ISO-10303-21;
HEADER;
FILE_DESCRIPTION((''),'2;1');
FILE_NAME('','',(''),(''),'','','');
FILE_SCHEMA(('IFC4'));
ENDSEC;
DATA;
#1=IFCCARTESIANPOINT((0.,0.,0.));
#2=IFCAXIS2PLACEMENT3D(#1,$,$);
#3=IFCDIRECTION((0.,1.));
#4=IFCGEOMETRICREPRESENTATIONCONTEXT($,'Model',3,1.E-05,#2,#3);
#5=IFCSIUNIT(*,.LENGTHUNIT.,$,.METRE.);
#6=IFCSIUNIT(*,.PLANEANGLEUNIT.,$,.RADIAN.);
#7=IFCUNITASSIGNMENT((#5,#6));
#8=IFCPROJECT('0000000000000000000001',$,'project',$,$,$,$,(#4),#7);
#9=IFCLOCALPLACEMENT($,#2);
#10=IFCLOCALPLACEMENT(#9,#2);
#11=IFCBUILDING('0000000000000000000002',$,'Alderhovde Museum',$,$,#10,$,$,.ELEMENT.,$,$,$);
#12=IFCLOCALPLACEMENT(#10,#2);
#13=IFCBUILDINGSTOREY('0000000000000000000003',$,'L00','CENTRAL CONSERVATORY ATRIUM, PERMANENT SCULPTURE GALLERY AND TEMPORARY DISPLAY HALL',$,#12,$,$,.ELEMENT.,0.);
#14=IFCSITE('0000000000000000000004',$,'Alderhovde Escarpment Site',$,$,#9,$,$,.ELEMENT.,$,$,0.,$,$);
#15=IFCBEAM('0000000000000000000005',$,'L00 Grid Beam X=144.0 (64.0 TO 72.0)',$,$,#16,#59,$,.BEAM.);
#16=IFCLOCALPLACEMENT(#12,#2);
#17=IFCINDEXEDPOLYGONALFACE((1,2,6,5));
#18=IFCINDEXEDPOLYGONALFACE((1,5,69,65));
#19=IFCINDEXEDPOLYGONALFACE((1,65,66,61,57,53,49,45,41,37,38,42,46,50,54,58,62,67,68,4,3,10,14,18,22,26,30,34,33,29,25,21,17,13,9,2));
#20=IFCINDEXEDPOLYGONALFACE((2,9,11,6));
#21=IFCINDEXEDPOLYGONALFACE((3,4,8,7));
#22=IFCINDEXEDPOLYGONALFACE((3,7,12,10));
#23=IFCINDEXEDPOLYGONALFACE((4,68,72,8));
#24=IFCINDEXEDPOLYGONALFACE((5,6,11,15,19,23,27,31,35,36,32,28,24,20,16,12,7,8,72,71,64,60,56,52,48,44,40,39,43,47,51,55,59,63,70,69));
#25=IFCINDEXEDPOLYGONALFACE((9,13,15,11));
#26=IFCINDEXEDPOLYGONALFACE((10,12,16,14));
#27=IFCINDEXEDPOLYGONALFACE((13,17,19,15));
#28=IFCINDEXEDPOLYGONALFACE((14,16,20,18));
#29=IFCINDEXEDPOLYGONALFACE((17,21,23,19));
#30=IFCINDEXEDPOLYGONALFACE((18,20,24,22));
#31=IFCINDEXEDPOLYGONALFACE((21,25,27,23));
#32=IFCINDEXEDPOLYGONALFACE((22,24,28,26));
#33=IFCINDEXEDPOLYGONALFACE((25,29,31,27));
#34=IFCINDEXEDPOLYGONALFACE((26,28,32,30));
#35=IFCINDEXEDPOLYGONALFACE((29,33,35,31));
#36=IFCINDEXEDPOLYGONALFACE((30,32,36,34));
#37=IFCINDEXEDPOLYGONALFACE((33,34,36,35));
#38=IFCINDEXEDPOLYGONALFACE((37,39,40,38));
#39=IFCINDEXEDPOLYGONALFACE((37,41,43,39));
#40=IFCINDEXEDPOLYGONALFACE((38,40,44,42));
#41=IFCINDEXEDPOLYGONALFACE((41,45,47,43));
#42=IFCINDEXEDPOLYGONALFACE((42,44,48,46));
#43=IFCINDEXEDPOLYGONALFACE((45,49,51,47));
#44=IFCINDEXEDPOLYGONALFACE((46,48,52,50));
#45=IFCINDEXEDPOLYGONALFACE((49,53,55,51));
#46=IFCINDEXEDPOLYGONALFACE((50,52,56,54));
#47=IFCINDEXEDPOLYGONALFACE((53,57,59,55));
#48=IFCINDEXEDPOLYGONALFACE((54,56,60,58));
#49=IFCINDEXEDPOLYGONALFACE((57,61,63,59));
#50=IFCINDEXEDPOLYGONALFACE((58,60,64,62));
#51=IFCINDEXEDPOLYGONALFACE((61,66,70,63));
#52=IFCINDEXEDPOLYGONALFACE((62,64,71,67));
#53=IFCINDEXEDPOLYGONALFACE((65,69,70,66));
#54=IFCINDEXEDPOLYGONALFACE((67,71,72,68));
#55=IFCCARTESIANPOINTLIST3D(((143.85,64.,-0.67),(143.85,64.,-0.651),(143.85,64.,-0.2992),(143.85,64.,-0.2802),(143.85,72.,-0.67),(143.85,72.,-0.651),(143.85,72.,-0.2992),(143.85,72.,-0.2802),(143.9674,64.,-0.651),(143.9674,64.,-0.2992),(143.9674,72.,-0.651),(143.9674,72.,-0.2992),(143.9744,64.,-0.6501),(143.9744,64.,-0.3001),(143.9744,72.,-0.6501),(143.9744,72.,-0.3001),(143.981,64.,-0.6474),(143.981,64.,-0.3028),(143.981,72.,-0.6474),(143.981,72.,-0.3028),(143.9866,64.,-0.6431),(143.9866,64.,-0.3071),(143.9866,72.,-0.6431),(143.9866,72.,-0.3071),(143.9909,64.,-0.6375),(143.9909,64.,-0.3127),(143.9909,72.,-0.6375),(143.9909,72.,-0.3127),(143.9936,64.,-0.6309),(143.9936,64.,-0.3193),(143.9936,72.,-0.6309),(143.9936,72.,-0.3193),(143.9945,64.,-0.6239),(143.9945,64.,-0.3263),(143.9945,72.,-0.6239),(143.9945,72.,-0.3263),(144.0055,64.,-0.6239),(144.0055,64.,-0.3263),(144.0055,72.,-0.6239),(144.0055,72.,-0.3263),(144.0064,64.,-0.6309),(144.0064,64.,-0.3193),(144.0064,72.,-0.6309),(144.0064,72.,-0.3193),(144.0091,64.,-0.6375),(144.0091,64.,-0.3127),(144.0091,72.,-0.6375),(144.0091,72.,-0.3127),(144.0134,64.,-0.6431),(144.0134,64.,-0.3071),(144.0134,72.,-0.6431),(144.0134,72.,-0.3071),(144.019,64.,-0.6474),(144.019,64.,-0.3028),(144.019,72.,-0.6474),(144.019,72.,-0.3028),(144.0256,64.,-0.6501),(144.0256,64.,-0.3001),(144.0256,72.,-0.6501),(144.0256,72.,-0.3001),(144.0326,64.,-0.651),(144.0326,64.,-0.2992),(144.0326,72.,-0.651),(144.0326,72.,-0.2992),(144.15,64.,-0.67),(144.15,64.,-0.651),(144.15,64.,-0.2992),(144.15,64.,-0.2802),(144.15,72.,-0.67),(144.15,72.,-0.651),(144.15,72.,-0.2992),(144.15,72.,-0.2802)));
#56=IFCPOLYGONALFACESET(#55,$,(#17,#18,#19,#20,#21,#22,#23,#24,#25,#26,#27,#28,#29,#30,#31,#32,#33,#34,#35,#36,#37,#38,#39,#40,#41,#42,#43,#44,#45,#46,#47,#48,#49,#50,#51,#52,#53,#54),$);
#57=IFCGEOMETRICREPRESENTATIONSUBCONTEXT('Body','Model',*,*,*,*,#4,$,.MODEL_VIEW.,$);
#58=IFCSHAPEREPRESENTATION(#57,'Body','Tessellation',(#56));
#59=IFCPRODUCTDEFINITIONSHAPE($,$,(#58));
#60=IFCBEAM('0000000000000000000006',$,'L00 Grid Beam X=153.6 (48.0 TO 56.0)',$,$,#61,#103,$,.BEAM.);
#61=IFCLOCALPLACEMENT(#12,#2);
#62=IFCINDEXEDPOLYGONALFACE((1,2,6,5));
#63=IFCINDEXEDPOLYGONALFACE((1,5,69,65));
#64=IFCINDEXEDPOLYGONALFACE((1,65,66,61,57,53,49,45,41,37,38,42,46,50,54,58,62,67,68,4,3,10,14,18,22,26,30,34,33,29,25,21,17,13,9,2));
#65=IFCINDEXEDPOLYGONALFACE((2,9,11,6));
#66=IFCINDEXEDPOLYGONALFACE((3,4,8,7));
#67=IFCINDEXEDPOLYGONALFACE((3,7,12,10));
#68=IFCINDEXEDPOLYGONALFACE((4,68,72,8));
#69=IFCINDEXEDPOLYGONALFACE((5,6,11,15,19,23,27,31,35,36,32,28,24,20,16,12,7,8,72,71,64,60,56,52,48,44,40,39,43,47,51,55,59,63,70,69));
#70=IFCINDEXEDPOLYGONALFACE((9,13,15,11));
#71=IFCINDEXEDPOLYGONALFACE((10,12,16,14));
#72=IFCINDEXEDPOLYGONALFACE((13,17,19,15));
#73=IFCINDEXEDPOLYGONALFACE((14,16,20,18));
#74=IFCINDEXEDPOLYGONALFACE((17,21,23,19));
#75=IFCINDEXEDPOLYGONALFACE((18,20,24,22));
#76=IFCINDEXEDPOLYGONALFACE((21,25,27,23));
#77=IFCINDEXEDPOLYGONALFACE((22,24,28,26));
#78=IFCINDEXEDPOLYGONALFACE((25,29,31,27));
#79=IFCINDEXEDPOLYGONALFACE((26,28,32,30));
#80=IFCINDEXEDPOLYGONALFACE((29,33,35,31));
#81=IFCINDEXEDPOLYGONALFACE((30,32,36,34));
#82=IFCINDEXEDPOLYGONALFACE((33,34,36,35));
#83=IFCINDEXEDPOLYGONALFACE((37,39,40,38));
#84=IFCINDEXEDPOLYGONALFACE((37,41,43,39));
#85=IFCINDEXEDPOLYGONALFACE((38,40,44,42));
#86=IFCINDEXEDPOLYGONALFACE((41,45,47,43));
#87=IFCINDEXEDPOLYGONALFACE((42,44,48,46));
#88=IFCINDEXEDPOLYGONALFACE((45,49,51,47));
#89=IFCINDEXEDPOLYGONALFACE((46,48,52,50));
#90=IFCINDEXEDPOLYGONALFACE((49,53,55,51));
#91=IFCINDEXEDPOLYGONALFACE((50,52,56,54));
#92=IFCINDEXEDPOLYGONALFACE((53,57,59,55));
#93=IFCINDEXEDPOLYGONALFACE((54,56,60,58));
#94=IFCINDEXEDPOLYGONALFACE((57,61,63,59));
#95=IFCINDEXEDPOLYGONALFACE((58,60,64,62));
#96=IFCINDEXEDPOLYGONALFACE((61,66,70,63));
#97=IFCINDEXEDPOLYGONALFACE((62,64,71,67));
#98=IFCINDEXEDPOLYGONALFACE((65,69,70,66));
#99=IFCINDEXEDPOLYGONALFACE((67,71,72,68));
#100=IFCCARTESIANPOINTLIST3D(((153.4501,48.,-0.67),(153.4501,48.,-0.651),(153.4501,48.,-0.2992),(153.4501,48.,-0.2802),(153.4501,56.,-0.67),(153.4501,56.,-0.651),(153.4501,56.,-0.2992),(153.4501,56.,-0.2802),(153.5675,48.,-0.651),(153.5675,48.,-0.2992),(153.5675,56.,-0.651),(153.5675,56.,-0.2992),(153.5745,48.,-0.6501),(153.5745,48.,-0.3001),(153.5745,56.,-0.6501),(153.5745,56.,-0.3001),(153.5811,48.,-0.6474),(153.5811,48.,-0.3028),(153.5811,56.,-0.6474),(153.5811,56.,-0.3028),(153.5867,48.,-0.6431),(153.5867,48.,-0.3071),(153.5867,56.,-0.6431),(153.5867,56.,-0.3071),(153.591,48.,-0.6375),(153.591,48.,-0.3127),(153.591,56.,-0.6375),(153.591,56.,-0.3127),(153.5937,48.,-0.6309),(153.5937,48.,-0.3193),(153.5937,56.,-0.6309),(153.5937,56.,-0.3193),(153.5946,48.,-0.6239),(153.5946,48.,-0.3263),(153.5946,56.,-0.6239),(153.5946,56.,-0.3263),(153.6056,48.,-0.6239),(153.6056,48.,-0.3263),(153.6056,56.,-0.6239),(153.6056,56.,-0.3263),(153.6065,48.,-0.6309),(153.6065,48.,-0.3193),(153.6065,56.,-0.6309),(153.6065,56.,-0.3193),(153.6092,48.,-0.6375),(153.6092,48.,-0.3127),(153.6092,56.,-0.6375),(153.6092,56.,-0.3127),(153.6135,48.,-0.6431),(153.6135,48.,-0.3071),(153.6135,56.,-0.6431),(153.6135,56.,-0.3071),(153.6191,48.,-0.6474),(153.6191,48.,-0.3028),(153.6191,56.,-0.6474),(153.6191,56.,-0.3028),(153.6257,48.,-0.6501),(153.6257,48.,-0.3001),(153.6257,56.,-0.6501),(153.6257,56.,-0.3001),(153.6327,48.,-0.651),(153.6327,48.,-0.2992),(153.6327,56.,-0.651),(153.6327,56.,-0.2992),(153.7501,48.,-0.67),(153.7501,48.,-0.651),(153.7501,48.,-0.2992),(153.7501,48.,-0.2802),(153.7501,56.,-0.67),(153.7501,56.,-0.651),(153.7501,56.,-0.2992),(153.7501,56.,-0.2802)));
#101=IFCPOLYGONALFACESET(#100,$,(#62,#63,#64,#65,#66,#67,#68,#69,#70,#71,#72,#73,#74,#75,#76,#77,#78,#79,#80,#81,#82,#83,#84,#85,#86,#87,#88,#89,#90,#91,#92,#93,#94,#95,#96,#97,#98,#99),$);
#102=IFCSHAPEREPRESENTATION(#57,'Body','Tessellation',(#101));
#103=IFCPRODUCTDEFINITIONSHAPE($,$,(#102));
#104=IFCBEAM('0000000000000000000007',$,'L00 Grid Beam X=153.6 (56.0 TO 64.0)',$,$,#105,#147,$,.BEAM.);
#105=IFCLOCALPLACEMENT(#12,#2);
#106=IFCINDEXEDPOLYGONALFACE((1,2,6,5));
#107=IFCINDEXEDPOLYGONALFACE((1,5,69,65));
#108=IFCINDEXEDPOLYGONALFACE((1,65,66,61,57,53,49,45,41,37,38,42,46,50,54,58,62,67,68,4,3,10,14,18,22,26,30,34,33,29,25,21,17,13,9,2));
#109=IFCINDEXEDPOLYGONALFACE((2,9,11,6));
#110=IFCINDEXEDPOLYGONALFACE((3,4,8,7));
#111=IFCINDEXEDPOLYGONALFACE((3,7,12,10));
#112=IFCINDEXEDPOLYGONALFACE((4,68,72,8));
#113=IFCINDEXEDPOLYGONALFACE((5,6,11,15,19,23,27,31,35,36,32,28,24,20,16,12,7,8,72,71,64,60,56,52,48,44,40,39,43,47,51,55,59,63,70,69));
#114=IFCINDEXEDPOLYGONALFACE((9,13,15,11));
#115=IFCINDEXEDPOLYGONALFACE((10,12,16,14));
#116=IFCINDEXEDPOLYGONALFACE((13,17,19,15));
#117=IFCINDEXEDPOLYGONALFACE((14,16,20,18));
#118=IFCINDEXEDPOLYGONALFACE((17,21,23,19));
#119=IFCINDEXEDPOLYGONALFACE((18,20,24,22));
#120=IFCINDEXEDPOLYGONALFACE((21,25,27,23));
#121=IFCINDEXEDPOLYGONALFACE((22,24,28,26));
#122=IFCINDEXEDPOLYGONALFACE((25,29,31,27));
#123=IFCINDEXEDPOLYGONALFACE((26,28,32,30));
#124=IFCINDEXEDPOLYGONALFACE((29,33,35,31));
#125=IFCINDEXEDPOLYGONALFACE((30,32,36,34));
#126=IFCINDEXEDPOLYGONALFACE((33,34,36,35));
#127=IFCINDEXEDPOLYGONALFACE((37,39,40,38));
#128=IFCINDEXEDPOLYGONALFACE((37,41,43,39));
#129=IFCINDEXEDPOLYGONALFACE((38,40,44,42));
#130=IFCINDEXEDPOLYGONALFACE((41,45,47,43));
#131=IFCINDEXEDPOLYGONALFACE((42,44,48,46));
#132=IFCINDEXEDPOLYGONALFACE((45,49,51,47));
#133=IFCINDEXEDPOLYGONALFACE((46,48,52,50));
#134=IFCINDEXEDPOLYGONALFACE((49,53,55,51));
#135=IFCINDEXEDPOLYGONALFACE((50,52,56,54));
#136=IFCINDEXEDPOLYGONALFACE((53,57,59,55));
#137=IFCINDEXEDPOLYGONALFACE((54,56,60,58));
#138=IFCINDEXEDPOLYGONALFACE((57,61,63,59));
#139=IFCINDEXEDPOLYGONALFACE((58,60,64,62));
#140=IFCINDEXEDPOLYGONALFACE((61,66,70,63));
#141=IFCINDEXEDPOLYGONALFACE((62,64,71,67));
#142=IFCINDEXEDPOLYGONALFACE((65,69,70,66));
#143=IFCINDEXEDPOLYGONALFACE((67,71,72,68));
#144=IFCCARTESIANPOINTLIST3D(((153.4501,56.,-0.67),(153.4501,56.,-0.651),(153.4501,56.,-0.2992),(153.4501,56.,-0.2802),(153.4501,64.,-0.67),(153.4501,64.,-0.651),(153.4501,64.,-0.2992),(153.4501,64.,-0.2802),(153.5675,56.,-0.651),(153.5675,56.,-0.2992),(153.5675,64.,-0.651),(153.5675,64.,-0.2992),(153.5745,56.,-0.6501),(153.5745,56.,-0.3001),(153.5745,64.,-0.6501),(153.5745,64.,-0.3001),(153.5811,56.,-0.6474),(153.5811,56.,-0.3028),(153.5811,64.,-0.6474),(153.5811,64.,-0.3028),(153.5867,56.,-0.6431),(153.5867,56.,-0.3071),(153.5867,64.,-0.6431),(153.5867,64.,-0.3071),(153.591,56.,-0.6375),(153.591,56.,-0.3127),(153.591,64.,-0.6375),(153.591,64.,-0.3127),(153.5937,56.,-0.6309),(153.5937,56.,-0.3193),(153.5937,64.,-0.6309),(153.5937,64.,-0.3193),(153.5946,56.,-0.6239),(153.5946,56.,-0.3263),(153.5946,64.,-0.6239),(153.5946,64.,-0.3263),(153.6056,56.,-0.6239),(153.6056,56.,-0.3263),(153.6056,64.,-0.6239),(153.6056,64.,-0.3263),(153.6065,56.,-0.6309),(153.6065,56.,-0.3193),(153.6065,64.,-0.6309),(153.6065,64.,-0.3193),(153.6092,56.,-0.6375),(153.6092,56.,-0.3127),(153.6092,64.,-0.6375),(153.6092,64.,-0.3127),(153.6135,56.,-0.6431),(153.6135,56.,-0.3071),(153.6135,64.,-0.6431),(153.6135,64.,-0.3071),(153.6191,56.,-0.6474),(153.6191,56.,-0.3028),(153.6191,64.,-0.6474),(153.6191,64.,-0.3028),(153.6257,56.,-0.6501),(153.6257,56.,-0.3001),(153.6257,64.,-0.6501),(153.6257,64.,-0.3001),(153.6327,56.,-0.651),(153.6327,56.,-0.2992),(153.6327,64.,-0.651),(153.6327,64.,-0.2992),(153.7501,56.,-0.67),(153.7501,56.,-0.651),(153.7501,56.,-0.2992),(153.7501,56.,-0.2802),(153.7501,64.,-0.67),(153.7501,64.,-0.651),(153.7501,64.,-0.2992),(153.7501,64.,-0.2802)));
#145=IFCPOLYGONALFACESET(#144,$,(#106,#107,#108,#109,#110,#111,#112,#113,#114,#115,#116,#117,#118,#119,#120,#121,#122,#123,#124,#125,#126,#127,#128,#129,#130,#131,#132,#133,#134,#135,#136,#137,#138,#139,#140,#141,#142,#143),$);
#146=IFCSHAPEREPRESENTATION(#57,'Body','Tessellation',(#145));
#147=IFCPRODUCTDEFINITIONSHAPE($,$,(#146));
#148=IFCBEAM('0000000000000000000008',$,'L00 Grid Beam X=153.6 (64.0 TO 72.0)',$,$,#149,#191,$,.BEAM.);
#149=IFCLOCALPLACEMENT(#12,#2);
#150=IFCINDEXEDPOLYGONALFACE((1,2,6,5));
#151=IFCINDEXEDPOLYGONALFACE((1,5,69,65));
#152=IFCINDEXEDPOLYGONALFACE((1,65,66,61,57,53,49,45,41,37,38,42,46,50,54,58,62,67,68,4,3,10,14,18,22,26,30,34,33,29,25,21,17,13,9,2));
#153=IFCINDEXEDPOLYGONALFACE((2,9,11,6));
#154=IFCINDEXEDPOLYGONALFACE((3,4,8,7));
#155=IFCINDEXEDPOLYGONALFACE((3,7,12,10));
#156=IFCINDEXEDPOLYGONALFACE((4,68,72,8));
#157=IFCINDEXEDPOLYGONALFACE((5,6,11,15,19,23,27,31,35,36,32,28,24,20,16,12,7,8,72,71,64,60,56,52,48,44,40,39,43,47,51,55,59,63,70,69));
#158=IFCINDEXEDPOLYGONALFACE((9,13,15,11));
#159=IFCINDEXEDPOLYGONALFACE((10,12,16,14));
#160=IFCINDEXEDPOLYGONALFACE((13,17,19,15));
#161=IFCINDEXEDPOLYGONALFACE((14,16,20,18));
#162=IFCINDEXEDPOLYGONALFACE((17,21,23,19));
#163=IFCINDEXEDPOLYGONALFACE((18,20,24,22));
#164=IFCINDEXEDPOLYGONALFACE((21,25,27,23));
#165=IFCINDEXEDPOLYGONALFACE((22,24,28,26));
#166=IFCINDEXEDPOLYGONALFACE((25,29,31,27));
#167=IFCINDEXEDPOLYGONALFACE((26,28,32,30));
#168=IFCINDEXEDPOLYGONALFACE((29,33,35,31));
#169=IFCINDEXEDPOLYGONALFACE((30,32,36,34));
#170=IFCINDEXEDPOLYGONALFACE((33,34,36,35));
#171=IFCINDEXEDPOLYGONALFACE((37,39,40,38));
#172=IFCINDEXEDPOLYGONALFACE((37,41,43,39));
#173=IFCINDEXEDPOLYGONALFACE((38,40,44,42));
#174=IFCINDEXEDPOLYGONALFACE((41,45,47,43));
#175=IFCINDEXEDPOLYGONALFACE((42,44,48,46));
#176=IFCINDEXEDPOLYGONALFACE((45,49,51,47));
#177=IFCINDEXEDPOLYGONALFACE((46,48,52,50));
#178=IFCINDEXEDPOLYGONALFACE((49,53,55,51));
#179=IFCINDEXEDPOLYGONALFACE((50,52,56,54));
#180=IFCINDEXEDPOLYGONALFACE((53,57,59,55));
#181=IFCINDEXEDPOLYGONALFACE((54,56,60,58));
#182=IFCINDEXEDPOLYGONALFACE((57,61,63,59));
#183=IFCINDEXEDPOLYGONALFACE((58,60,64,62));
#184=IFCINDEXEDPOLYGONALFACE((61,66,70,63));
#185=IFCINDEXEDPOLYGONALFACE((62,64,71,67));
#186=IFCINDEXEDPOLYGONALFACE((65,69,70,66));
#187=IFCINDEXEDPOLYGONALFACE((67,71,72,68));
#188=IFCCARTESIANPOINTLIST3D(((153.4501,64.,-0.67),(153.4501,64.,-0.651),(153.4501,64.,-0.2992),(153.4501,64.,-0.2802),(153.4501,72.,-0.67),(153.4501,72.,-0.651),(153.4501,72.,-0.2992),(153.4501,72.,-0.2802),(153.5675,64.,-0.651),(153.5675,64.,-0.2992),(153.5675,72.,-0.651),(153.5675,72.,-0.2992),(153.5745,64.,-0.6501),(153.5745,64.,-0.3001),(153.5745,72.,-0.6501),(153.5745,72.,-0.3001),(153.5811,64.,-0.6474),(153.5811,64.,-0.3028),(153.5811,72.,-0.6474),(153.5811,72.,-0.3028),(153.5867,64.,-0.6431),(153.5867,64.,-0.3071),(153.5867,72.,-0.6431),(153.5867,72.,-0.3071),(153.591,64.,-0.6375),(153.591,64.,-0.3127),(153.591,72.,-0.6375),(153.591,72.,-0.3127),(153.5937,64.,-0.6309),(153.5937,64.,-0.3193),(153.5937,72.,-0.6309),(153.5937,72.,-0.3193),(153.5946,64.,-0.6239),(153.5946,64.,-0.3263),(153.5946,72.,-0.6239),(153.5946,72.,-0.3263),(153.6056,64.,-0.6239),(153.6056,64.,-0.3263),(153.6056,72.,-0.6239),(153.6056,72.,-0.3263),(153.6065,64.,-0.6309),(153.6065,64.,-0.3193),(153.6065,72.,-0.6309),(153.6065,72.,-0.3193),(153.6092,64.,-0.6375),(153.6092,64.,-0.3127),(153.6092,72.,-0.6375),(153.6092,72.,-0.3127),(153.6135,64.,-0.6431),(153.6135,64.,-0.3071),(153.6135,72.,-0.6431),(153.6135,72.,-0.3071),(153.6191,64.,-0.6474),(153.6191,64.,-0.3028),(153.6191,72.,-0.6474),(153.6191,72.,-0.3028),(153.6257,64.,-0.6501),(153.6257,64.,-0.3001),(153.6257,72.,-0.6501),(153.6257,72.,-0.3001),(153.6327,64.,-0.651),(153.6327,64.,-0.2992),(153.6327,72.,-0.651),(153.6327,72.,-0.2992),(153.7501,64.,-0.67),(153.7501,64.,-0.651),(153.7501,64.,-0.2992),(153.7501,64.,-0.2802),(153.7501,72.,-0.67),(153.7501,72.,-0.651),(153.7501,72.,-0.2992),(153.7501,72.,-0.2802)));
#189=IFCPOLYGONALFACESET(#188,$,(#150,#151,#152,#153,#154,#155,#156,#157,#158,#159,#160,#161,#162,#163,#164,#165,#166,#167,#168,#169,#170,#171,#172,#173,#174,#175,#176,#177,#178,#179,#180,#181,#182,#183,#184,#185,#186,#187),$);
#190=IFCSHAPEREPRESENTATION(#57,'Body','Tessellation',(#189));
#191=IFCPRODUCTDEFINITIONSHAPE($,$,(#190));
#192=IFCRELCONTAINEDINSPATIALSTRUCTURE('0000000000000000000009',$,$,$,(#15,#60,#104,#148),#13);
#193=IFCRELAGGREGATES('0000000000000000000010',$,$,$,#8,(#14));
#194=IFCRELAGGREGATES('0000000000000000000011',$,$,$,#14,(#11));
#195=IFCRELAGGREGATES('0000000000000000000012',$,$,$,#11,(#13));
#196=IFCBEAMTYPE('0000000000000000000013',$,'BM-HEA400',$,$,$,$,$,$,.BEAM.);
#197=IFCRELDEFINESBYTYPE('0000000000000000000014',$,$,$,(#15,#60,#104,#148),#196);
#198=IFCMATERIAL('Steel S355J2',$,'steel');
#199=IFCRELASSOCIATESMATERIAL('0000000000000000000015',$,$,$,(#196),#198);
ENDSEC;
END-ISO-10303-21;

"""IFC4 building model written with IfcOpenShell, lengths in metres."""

from ifc_helpers import new_model, si_unit, direction, frame, origin, origin_2d, place, context, subcontext, project, spatial, i_section, extrude, material, material_profile, profile_set, type_object, element, save


model = new_model("IFC4")

# Units and contexts
model_context = context("Model", 3, precision=1e-05, world=origin(), true_north=direction((0.0, 1.0)))
body_context = subcontext(model_context, "Body", "Model", "MODEL_VIEW")
ifc_project = project(units=[si_unit("LENGTHUNIT", "METRE"), si_unit("PLANEANGLEUNIT", "RADIAN")], contexts=[model_context])

# Site, building, storey
site_placement = place(None, origin())
site = spatial("IfcSite", under=ifc_project, at=site_placement, Name="Alderhovde Escarpment Site", CompositionType="ELEMENT", RefElevation=0.0)
building_placement = place(site_placement, origin())
building = spatial("IfcBuilding", under=site, at=building_placement, Name="Alderhovde Museum", CompositionType="ELEMENT")
storey_placement = place(building_placement, origin())
storey = spatial("IfcBuildingStorey", under=building, at=storey_placement, Name="L00", Description="CENTRAL CONSERVATORY ATRIUM, PERMANENT SCULPTURE GALLERY AND TEMPORARY DISPLAY HALL", CompositionType="ELEMENT", Elevation=0.0)

# Beams
ifc_material_1 = material(Name="Steel S355J2", Category="steel")
ifc_material_profile_1 = material_profile(ifc_material_1, i_section(OverallWidth=0.3, OverallDepth=0.3899, WebThickness=0.011, FlangeThickness=0.019, FilletRadius=0.0271, at=origin_2d()), Name="HEA 400")
ifc_profile_set_1 = profile_set([ifc_material_profile_1], Name="Steel S355J2")
beam_type_1 = type_object("IfcBeamType", Name="BM-HEA400", PredefinedType="BEAM", material=ifc_profile_set_1)
for number, where, z_axis, x_axis, name in (
    (1, (144.0, 64.0, -0.4751), (0.0, 1.0, 0.0), (-1.0, 0.0, 0.0), "L00 Grid Beam X=144.0 (64.0 TO 72.0)"),
    (2, (153.6001, 48.0, -0.4751), (0.0, 1.0, 0.0), (-1.0, 0.0, 0.0), "L00 Grid Beam X=153.6 (48.0 TO 56.0)"),
    (3, (153.6001, 56.0, -0.4751), (0.0, 1.0, 0.0), (-1.0, 0.0, 0.0), "L00 Grid Beam X=153.6 (56.0 TO 64.0)"),
    (4, (153.6001, 64.0, -0.4751), (0.0, 1.0, 0.0), (-1.0, 0.0, 0.0), "L00 Grid Beam X=153.6 (64.0 TO 72.0)"),
):
    element("IfcBeam", number, at=place(storey_placement, frame(where, z_axis=z_axis, x_axis=x_axis)), inside=storey, type_object=beam_type_1, Name=name, PredefinedType="BEAM", context=body_context, shape_type="SweptSolid", body=[
        extrude(i_section(OverallWidth=0.3, OverallDepth=0.3899, WebThickness=0.011, FlangeThickness=0.019, FilletRadius=0.0271, at=origin_2d()), origin(), (0.0, 0.0, 1.0), 8.0),
    ])

save(model, "model.ifc")
